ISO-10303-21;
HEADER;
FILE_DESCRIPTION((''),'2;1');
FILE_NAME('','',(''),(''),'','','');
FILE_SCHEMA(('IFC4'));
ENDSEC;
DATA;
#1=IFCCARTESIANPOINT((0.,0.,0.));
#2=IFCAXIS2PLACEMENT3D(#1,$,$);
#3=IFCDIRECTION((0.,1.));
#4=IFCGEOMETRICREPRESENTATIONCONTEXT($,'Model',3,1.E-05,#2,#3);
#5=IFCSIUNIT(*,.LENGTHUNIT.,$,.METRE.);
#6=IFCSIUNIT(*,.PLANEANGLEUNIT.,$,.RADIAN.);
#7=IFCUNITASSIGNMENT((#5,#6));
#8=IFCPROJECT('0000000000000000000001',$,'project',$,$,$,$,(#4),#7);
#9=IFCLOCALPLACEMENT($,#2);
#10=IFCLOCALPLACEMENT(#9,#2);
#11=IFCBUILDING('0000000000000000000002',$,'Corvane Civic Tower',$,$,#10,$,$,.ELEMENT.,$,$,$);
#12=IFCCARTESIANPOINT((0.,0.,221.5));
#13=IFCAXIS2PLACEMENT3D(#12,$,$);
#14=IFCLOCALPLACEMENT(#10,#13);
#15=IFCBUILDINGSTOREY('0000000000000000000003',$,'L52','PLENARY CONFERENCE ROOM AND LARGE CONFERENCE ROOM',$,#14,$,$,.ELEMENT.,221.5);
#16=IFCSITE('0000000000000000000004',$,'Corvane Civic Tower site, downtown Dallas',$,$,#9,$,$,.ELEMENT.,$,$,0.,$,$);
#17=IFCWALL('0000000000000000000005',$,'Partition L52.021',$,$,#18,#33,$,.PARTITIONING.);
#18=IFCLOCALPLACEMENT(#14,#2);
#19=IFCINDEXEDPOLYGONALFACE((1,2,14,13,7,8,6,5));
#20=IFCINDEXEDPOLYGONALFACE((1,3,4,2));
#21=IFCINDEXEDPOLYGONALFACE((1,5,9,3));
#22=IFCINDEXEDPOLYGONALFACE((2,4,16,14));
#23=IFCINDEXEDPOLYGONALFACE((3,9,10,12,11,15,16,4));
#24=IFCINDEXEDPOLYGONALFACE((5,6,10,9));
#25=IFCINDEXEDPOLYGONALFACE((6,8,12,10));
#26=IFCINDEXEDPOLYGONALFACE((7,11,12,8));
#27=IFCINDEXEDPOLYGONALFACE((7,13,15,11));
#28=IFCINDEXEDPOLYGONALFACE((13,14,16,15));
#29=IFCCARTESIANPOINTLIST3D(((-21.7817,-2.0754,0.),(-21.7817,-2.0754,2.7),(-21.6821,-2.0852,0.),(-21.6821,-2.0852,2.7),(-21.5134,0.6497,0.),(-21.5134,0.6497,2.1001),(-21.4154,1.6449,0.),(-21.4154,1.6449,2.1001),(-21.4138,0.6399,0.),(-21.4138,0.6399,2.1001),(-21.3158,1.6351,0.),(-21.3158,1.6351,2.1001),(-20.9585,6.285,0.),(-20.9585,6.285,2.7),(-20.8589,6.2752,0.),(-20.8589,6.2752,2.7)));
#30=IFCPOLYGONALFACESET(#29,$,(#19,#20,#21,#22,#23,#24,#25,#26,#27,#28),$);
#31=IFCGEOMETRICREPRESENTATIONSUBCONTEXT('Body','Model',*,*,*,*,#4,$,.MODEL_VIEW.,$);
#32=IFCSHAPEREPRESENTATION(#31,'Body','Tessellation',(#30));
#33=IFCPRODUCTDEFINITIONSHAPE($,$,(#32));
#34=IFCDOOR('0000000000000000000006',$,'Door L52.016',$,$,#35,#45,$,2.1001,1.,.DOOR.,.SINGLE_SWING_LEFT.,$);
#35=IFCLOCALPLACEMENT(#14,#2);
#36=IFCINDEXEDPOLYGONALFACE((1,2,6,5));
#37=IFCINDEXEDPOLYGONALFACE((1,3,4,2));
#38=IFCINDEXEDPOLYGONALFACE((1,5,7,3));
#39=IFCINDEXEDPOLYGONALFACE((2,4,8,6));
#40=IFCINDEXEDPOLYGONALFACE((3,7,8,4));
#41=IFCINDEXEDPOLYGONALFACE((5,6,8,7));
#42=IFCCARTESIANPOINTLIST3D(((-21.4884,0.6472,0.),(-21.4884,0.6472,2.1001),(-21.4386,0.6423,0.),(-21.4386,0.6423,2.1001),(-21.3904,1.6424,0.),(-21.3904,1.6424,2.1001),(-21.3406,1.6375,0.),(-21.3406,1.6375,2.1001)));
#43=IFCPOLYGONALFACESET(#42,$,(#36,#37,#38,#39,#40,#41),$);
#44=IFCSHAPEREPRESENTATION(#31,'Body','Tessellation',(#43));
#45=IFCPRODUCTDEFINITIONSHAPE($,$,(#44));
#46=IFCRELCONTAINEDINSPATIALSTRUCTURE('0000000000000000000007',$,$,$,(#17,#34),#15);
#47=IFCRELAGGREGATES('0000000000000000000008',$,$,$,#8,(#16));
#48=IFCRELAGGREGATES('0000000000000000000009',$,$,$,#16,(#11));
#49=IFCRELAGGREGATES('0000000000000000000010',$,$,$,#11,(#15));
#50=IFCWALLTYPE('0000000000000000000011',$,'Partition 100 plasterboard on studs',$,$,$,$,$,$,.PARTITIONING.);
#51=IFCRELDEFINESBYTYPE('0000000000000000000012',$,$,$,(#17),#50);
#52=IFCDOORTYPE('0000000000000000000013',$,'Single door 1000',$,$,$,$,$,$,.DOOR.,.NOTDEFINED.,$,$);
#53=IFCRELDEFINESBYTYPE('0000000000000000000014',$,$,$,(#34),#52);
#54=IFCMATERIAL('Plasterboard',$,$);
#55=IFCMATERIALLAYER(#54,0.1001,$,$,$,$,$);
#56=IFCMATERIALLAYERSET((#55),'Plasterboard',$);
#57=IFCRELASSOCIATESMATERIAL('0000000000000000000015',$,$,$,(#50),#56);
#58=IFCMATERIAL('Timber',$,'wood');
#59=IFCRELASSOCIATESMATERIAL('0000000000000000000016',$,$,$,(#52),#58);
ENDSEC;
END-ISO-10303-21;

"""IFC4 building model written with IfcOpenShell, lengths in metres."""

from ifc_helpers import new_model, si_unit, direction, frame, frame_2d, origin, place, context, subcontext, project, spatial, rectangle, extrude, material, layer, layer_set, type_object, element, fill, save


model = new_model("IFC4")

# Units and contexts
model_context = context("Model", 3, precision=1e-05, world=origin(), true_north=direction((0.0, 1.0)))
body_context = subcontext(model_context, "Body", "Model", "MODEL_VIEW")
ifc_project = project(units=[si_unit("LENGTHUNIT", "METRE"), si_unit("PLANEANGLEUNIT", "RADIAN")], contexts=[model_context])

# Site, building, storey
site_placement = place(None, origin())
site = spatial("IfcSite", under=ifc_project, at=site_placement, Name="Corvane Civic Tower site, downtown Dallas", CompositionType="ELEMENT", RefElevation=0.0)
building_placement = place(site_placement, origin())
building = spatial("IfcBuilding", under=site, at=building_placement, Name="Corvane Civic Tower", CompositionType="ELEMENT")
storey_placement = place(building_placement, frame((0.0, 0.0, 221.5)))
storey = spatial("IfcBuildingStorey", under=building, at=storey_placement, Name="L52", Description="PLENARY CONFERENCE ROOM AND LARGE CONFERENCE ROOM", CompositionType="ELEMENT", Elevation=221.5)

# Shared definitions
ifc_material_1 = material(Name="Plasterboard")
ifc_layer_1 = layer(ifc_material_1, 0.1001)
ifc_layer_set_1 = layer_set([ifc_layer_1], Name="Plasterboard")
wall_type = type_object("IfcWallType", Name="Partition 100 plasterboard on studs", PredefinedType="PARTITIONING", material=ifc_layer_set_1)
ifc_material_2 = material(Name="Timber", Category="wood")
door_type = type_object("IfcDoorType", Name="Single door 1000", OperationType="NOTDEFINED", PredefinedType="DOOR", material=ifc_material_2)

# Wall, opening, door
wall_1_placement = place(storey_placement, frame((-21.7319, -2.0803, 0.0), z_axis=(0.0, 0.0, 1.0), x_axis=(0.097996, 0.995187, 0.0)))
wall_1 = element("IfcWall", 1, at=wall_1_placement, inside=storey, type_object=wall_type, Name="Partition L52.021", PredefinedType="PARTITIONING", context=body_context, shape_type="SweptSolid", body=[
    extrude(rectangle(XDim=8.4009, YDim=0.1001, at=frame_2d((4.2004, 0.0))), origin(), (0.0, 0.0, 1.0), 2.7),
])
opening_1_placement = place(wall_1_placement, frame((2.7383, 0.0, 0.0)))
opening_1 = element("IfcOpeningElement", 2, at=opening_1_placement, cuts=wall_1, PredefinedType="OPENING", context=body_context, shape_type="SweptSolid", body=[
    extrude(rectangle(XDim=1.0, YDim=2.1001, at=frame_2d((0.5, 1.05))), frame((0.0, 0.0601, 0.0), z_axis=(0.0, -1.0, 0.0), x_axis=(1.0, 0.0, 0.0)), (0.0, 0.0, 1.0), 0.1201),
])
door_1_placement = place(opening_1_placement, origin())
door_1 = element("IfcDoor", 3, at=door_1_placement, inside=storey, type_object=door_type, Name="Door L52.016", OperationType="SINGLE_SWING_LEFT", OverallHeight=2.1001, OverallWidth=1.0, PredefinedType="DOOR", context=body_context, shape_type="SweptSolid", body=[
    extrude(rectangle(XDim=1.0, YDim=2.1001, at=frame_2d((0.5, 1.05))), frame((0.0, 0.0249, 0.0), z_axis=(0.0, -1.0, 0.0), x_axis=(1.0, 0.0, 0.0)), (0.0, 0.0, 1.0), 0.05),
])
fill(opening_1, door_1)

save(model, "model.ifc")
